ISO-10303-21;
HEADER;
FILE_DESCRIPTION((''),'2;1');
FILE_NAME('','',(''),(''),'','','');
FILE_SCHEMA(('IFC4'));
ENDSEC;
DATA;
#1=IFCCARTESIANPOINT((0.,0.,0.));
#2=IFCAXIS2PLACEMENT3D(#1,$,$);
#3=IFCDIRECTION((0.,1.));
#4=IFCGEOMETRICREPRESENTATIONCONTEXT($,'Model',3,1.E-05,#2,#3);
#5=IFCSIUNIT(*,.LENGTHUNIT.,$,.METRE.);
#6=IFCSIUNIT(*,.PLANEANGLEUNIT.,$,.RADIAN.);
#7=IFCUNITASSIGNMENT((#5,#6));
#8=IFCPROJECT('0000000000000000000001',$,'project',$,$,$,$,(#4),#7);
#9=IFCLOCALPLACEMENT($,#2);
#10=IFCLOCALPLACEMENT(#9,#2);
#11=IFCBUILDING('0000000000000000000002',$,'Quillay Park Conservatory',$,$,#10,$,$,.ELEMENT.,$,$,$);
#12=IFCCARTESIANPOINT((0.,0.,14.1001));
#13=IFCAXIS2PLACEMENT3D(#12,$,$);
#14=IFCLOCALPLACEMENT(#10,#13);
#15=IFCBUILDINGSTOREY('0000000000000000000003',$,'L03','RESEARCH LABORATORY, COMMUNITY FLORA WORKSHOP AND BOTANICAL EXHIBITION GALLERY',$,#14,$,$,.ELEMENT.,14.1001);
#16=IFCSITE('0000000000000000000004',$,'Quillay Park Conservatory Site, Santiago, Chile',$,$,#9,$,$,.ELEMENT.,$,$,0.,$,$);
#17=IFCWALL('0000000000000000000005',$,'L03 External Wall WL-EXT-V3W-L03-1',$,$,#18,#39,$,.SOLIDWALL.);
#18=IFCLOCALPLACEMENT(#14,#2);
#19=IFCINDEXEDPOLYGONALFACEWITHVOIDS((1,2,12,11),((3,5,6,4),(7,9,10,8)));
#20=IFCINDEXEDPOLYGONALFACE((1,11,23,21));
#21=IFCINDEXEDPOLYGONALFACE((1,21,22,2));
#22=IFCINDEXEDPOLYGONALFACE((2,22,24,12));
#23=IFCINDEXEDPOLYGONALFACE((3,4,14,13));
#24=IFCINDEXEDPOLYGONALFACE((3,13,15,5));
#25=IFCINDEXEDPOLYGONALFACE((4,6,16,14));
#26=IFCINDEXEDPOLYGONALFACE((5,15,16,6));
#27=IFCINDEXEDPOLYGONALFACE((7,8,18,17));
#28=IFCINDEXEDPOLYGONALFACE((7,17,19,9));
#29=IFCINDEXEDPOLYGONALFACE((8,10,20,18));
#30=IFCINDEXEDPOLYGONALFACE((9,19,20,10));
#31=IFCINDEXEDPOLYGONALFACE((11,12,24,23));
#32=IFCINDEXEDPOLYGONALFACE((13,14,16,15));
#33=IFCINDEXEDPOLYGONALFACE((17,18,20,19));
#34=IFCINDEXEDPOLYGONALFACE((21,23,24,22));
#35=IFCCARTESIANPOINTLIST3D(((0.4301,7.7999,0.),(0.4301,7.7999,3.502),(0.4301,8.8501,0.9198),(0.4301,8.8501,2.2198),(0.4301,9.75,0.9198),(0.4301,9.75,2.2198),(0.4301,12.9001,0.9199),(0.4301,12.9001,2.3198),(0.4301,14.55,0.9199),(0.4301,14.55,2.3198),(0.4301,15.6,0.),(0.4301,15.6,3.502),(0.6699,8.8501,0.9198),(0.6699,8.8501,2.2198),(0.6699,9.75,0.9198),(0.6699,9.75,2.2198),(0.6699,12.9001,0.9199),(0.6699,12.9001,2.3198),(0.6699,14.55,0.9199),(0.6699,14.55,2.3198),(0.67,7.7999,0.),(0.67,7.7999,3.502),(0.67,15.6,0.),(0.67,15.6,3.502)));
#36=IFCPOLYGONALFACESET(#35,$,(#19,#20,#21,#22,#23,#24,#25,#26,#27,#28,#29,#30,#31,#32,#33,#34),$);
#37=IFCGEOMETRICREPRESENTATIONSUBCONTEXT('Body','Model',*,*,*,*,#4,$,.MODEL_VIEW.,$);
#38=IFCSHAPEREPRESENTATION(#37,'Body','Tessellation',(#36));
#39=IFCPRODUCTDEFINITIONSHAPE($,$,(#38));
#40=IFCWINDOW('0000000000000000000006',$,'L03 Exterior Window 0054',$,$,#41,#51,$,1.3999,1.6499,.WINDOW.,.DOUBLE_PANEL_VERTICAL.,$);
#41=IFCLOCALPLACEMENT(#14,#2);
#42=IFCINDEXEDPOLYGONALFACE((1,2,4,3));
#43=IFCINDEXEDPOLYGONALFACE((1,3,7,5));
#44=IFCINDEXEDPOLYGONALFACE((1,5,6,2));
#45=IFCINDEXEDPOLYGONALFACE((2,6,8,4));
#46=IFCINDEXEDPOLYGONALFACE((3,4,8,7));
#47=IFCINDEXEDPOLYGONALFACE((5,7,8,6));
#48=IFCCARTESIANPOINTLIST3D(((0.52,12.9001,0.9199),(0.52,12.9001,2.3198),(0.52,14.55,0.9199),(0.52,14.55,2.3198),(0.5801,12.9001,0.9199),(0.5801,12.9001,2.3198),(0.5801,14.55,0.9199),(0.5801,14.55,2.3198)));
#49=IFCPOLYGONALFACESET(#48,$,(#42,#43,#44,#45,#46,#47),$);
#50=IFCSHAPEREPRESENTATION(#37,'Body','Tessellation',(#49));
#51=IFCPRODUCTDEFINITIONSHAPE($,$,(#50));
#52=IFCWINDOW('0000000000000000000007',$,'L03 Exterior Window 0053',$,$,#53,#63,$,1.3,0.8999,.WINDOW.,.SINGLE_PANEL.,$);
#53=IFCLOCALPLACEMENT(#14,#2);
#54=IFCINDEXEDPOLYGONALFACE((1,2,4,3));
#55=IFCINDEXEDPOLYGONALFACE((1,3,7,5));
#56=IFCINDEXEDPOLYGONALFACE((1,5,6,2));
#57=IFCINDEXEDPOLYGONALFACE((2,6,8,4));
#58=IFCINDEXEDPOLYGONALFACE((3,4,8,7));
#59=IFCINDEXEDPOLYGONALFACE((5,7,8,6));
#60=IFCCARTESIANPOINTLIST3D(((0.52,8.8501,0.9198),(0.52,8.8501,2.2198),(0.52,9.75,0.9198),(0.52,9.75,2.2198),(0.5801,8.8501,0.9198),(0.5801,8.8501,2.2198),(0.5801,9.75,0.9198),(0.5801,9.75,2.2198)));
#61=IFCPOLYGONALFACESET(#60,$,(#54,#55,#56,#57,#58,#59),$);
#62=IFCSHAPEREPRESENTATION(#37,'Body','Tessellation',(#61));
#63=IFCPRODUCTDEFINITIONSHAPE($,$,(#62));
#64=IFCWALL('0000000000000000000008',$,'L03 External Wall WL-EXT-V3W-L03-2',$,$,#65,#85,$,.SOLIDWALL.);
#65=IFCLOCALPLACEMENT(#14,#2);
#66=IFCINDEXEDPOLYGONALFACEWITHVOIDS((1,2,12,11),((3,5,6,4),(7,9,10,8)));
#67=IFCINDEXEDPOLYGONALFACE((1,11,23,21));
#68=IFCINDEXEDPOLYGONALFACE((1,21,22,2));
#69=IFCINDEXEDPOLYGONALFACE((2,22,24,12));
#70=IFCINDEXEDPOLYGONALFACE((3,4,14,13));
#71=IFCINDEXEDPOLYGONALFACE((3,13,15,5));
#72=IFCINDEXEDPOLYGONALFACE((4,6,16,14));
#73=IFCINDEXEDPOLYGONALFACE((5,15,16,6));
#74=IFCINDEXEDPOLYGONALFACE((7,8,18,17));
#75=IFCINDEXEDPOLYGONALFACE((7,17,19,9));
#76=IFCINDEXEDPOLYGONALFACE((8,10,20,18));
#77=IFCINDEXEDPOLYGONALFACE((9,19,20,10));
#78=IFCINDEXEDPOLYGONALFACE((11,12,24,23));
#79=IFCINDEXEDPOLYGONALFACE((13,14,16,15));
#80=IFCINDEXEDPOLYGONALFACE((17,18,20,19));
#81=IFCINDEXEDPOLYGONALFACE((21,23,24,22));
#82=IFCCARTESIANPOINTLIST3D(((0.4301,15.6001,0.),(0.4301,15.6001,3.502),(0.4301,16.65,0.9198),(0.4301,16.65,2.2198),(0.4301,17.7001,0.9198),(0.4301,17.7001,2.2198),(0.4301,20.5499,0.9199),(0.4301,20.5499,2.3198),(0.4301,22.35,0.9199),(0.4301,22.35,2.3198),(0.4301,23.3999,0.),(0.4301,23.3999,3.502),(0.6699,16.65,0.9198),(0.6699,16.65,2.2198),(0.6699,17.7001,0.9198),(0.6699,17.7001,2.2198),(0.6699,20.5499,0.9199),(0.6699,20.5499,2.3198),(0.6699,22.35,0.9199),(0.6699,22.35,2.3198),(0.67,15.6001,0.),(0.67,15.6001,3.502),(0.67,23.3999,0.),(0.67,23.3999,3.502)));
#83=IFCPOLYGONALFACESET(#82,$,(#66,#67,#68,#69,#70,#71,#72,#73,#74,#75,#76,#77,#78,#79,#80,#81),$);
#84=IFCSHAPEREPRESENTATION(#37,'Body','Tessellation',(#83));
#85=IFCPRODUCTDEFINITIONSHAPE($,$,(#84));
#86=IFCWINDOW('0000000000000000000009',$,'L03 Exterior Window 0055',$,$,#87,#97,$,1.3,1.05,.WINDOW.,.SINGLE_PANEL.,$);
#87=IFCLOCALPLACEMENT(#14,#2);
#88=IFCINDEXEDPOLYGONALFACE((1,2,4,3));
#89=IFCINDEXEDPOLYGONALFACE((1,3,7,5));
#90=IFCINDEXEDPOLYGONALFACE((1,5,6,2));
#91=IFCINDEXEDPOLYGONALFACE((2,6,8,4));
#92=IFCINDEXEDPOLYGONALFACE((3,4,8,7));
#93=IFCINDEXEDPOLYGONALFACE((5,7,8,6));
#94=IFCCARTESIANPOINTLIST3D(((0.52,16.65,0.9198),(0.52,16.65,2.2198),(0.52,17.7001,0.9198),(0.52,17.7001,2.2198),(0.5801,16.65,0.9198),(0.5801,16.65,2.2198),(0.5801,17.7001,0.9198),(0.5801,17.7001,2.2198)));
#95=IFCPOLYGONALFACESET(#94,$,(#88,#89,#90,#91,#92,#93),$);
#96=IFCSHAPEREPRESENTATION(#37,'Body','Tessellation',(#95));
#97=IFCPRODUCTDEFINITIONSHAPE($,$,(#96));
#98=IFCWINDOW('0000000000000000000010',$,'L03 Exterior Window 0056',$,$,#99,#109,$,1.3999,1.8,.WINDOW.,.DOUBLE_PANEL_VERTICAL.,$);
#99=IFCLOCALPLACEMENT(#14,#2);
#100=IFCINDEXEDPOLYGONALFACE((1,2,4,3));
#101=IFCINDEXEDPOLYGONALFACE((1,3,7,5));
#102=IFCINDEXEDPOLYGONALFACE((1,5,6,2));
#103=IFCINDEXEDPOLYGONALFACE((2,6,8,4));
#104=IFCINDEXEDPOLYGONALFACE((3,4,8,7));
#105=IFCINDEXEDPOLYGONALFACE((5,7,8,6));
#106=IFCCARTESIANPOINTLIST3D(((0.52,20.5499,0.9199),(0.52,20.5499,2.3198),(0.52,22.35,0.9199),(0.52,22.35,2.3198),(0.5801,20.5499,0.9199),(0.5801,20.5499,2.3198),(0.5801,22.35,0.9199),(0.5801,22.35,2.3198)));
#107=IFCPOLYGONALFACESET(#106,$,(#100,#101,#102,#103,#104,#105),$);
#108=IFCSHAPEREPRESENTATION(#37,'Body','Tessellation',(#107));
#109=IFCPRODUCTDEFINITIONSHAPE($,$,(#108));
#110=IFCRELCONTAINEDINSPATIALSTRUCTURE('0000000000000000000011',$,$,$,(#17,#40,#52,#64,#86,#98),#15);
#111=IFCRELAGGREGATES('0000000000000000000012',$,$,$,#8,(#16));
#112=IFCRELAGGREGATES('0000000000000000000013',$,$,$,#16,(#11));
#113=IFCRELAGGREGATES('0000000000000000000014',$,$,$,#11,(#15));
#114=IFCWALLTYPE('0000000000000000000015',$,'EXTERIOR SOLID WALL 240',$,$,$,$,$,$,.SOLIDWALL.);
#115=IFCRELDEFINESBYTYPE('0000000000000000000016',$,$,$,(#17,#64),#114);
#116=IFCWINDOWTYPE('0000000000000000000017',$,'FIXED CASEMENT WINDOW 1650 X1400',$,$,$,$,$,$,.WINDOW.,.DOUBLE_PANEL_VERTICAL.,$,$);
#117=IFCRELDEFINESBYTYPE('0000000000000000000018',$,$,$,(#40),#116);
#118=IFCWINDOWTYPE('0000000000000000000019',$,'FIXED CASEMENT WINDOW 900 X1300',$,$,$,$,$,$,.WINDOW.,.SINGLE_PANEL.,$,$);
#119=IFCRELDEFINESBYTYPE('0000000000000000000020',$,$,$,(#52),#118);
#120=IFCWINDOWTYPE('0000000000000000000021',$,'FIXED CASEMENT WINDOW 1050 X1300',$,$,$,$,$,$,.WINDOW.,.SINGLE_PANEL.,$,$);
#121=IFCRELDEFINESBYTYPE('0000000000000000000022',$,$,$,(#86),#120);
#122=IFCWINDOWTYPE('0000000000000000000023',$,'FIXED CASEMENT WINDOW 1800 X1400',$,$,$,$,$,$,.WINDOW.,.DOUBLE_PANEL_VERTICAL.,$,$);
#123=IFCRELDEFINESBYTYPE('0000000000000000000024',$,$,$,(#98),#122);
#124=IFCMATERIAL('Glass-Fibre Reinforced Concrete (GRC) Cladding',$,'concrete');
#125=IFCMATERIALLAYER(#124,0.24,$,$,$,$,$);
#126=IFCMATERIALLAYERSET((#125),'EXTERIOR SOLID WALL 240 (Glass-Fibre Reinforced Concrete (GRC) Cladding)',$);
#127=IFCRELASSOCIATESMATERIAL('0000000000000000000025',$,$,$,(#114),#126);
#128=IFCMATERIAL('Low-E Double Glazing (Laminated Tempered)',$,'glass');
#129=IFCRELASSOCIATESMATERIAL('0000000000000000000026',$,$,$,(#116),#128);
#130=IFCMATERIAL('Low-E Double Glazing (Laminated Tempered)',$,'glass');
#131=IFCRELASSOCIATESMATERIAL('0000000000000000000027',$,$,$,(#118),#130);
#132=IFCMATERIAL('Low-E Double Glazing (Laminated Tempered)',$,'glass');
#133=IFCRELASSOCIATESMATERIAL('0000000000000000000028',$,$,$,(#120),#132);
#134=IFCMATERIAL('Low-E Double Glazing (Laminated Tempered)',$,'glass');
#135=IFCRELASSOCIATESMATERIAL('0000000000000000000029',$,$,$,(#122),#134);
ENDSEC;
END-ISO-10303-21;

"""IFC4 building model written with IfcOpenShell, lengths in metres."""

from ifc_helpers import new_model, si_unit, direction, frame, frame_2d, origin, place, context, subcontext, project, spatial, rectangle, extrude, material, layer, layer_set, type_object, element, fill, save


model = new_model("IFC4")

# Units and contexts
model_context = context("Model", 3, precision=1e-05, world=origin(), true_north=direction((0.0, 1.0)))
body_context = subcontext(model_context, "Body", "Model", "MODEL_VIEW")
ifc_project = project(units=[si_unit("LENGTHUNIT", "METRE"), si_unit("PLANEANGLEUNIT", "RADIAN")], contexts=[model_context])

# Site, building, storey
site_placement = place(None, origin())
site = spatial("IfcSite", under=ifc_project, at=site_placement, Name="Quillay Park Conservatory Site, Santiago, Chile", CompositionType="ELEMENT", RefElevation=0.0)
building_placement = place(site_placement, origin())
building = spatial("IfcBuilding", under=site, at=building_placement, Name="Quillay Park Conservatory", CompositionType="ELEMENT")
storey_placement = place(building_placement, frame((0.0, 0.0, 14.1001)))
storey = spatial("IfcBuildingStorey", under=building, at=storey_placement, Name="L03", Description="RESEARCH LABORATORY, COMMUNITY FLORA WORKSHOP AND BOTANICAL EXHIBITION GALLERY", CompositionType="ELEMENT", Elevation=14.1001)

# Walls, openings, windows
ifc_material_1 = material(Name="Glass-Fibre Reinforced Concrete (GRC) Cladding", Category="concrete")
ifc_layer_1 = layer(ifc_material_1, 0.24)
ifc_layer_set_1 = layer_set([ifc_layer_1], Name="EXTERIOR SOLID WALL 240 (Glass-Fibre Reinforced Concrete (GRC) Cladding)")
wall_type_1 = type_object("IfcWallType", Name="EXTERIOR SOLID WALL 240", PredefinedType="SOLIDWALL", material=ifc_layer_set_1)
wall_1_placement = place(storey_placement, frame((0.55, 7.8, 0.0), z_axis=(0.0, 0.0, 1.0), x_axis=(0.0, 1.0, 0.0)))
wall_1 = element("IfcWall", 1, at=wall_1_placement, inside=storey, type_object=wall_type_1, Name="L03 External Wall WL-EXT-V3W-L03-1", PredefinedType="SOLIDWALL", context=body_context, shape_type="SweptSolid", body=[
    extrude(rectangle(XDim=7.8, YDim=0.24, at=frame_2d((3.8999, 0.0))), origin(), (0.0, 0.0, 1.0), 3.502),
])
opening_1_placement = place(wall_1_placement, frame((1.05, 0.0, 0.9199)))
opening_1 = element("IfcOpeningElement", 2, at=opening_1_placement, cuts=wall_1, PredefinedType="OPENING", context=body_context, shape_type="SweptSolid", body=[
    extrude(rectangle(XDim=0.8999, YDim=1.3, at=frame_2d((0.45, 0.6499))), frame((0.0, 0.1201, 0.0), z_axis=(0.0, -1.0, 0.0), x_axis=(1.0, 0.0, 0.0)), (0.0, 0.0, 1.0), 0.24),
])
opening_2_placement = place(wall_1_placement, frame((5.1001, 0.0, 0.9199)))
opening_2 = element("IfcOpeningElement", 3, at=opening_2_placement, cuts=wall_1, PredefinedType="OPENING", context=body_context, shape_type="SweptSolid", body=[
    extrude(rectangle(XDim=1.6499, YDim=1.3999, at=frame_2d((0.825, 0.7))), frame((0.0, 0.1201, 0.0), z_axis=(0.0, -1.0, 0.0), x_axis=(1.0, 0.0, 0.0)), (0.0, 0.0, 1.0), 0.24),
])
ifc_material_2 = material(Name="Low-E Double Glazing (Laminated Tempered)", Category="glass")
window_type_1 = type_object("IfcWindowType", Name="FIXED CASEMENT WINDOW 1650 X1400", PartitioningType="DOUBLE_PANEL_VERTICAL", PredefinedType="WINDOW", material=ifc_material_2)
window_1_placement = place(opening_2_placement, origin())
window_1 = element("IfcWindow", 4, at=window_1_placement, inside=storey, type_object=window_type_1, Name="L03 Exterior Window 0054", OverallHeight=1.3999, OverallWidth=1.6499, PartitioningType="DOUBLE_PANEL_VERTICAL", PredefinedType="WINDOW", context=body_context, shape_type="SweptSolid", body=[
    extrude(rectangle(XDim=1.6499, YDim=1.3999, at=frame_2d((0.825, 0.7))), frame((0.0, 0.03, 0.0), z_axis=(0.0, -1.0, 0.0), x_axis=(1.0, 0.0, 0.0)), (0.0, 0.0, 1.0), 0.0601),
])
fill(opening_2, window_1)
ifc_material_3 = material(Name="Low-E Double Glazing (Laminated Tempered)", Category="glass")
window_type_2 = type_object("IfcWindowType", Name="FIXED CASEMENT WINDOW 900 X1300", PartitioningType="SINGLE_PANEL", PredefinedType="WINDOW", material=ifc_material_3)
window_2_placement = place(opening_1_placement, origin())
window_2 = element("IfcWindow", 5, at=window_2_placement, inside=storey, type_object=window_type_2, Name="L03 Exterior Window 0053", OverallHeight=1.3, OverallWidth=0.8999, PartitioningType="SINGLE_PANEL", PredefinedType="WINDOW", context=body_context, shape_type="SweptSolid", body=[
    extrude(rectangle(XDim=0.8999, YDim=1.3, at=frame_2d((0.45, 0.6499))), frame((0.0, 0.03, 0.0), z_axis=(0.0, -1.0, 0.0), x_axis=(1.0, 0.0, 0.0)), (0.0, 0.0, 1.0), 0.0601),
])
fill(opening_1, window_2)
wall_2_placement = place(storey_placement, frame((0.55, 15.6001, 0.0), z_axis=(0.0, 0.0, 1.0), x_axis=(0.0, 1.0, 0.0)))
wall_2 = element("IfcWall", 6, at=wall_2_placement, inside=storey, type_object=wall_type_1, Name="L03 External Wall WL-EXT-V3W-L03-2", PredefinedType="SOLIDWALL", context=body_context, shape_type="SweptSolid", body=[
    extrude(rectangle(XDim=7.7998, YDim=0.24, at=frame_2d((3.8999, 0.0))), origin(), (0.0, 0.0, 1.0), 3.502),
])
opening_3_placement = place(wall_2_placement, frame((1.05, 0.0, 0.9199)))
opening_3 = element("IfcOpeningElement", 7, at=opening_3_placement, cuts=wall_2, PredefinedType="OPENING", context=body_context, shape_type="SweptSolid", body=[
    extrude(rectangle(XDim=1.05, YDim=1.3, at=frame_2d((0.5249, 0.6499))), frame((0.0, 0.1201, 0.0), z_axis=(0.0, -1.0, 0.0), x_axis=(1.0, 0.0, 0.0)), (0.0, 0.0, 1.0), 0.24),
])
opening_4_placement = place(wall_2_placement, frame((4.95, 0.0, 0.9199)))
opening_4 = element("IfcOpeningElement", 8, at=opening_4_placement, cuts=wall_2, PredefinedType="OPENING", context=body_context, shape_type="SweptSolid", body=[
    extrude(rectangle(XDim=1.8, YDim=1.3999, at=frame_2d((0.8999, 0.7))), frame((0.0, 0.1201, 0.0), z_axis=(0.0, -1.0, 0.0), x_axis=(1.0, 0.0, 0.0)), (0.0, 0.0, 1.0), 0.24),
])
ifc_material_4 = material(Name="Low-E Double Glazing (Laminated Tempered)", Category="glass")
window_type_3 = type_object("IfcWindowType", Name="FIXED CASEMENT WINDOW 1050 X1300", PartitioningType="SINGLE_PANEL", PredefinedType="WINDOW", material=ifc_material_4)
window_3_placement = place(opening_3_placement, origin())
window_3 = element("IfcWindow", 9, at=window_3_placement, inside=storey, type_object=window_type_3, Name="L03 Exterior Window 0055", OverallHeight=1.3, OverallWidth=1.05, PartitioningType="SINGLE_PANEL", PredefinedType="WINDOW", context=body_context, shape_type="SweptSolid", body=[
    extrude(rectangle(XDim=1.05, YDim=1.3, at=frame_2d((0.5249, 0.6499))), frame((0.0, 0.03, 0.0), z_axis=(0.0, -1.0, 0.0), x_axis=(1.0, 0.0, 0.0)), (0.0, 0.0, 1.0), 0.0601),
])
fill(opening_3, window_3)
ifc_material_5 = material(Name="Low-E Double Glazing (Laminated Tempered)", Category="glass")
window_type_4 = type_object("IfcWindowType", Name="FIXED CASEMENT WINDOW 1800 X1400", PartitioningType="DOUBLE_PANEL_VERTICAL", PredefinedType="WINDOW", material=ifc_material_5)
window_4_placement = place(opening_4_placement, origin())
window_4 = element("IfcWindow", 10, at=window_4_placement, inside=storey, type_object=window_type_4, Name="L03 Exterior Window 0056", OverallHeight=1.3999, OverallWidth=1.8, PartitioningType="DOUBLE_PANEL_VERTICAL", PredefinedType="WINDOW", context=body_context, shape_type="SweptSolid", body=[
    extrude(rectangle(XDim=1.8, YDim=1.3999, at=frame_2d((0.8999, 0.7))), frame((0.0, 0.03, 0.0), z_axis=(0.0, -1.0, 0.0), x_axis=(1.0, 0.0, 0.0)), (0.0, 0.0, 1.0), 0.0601),
])
fill(opening_4, window_4)

save(model, "model.ifc")
